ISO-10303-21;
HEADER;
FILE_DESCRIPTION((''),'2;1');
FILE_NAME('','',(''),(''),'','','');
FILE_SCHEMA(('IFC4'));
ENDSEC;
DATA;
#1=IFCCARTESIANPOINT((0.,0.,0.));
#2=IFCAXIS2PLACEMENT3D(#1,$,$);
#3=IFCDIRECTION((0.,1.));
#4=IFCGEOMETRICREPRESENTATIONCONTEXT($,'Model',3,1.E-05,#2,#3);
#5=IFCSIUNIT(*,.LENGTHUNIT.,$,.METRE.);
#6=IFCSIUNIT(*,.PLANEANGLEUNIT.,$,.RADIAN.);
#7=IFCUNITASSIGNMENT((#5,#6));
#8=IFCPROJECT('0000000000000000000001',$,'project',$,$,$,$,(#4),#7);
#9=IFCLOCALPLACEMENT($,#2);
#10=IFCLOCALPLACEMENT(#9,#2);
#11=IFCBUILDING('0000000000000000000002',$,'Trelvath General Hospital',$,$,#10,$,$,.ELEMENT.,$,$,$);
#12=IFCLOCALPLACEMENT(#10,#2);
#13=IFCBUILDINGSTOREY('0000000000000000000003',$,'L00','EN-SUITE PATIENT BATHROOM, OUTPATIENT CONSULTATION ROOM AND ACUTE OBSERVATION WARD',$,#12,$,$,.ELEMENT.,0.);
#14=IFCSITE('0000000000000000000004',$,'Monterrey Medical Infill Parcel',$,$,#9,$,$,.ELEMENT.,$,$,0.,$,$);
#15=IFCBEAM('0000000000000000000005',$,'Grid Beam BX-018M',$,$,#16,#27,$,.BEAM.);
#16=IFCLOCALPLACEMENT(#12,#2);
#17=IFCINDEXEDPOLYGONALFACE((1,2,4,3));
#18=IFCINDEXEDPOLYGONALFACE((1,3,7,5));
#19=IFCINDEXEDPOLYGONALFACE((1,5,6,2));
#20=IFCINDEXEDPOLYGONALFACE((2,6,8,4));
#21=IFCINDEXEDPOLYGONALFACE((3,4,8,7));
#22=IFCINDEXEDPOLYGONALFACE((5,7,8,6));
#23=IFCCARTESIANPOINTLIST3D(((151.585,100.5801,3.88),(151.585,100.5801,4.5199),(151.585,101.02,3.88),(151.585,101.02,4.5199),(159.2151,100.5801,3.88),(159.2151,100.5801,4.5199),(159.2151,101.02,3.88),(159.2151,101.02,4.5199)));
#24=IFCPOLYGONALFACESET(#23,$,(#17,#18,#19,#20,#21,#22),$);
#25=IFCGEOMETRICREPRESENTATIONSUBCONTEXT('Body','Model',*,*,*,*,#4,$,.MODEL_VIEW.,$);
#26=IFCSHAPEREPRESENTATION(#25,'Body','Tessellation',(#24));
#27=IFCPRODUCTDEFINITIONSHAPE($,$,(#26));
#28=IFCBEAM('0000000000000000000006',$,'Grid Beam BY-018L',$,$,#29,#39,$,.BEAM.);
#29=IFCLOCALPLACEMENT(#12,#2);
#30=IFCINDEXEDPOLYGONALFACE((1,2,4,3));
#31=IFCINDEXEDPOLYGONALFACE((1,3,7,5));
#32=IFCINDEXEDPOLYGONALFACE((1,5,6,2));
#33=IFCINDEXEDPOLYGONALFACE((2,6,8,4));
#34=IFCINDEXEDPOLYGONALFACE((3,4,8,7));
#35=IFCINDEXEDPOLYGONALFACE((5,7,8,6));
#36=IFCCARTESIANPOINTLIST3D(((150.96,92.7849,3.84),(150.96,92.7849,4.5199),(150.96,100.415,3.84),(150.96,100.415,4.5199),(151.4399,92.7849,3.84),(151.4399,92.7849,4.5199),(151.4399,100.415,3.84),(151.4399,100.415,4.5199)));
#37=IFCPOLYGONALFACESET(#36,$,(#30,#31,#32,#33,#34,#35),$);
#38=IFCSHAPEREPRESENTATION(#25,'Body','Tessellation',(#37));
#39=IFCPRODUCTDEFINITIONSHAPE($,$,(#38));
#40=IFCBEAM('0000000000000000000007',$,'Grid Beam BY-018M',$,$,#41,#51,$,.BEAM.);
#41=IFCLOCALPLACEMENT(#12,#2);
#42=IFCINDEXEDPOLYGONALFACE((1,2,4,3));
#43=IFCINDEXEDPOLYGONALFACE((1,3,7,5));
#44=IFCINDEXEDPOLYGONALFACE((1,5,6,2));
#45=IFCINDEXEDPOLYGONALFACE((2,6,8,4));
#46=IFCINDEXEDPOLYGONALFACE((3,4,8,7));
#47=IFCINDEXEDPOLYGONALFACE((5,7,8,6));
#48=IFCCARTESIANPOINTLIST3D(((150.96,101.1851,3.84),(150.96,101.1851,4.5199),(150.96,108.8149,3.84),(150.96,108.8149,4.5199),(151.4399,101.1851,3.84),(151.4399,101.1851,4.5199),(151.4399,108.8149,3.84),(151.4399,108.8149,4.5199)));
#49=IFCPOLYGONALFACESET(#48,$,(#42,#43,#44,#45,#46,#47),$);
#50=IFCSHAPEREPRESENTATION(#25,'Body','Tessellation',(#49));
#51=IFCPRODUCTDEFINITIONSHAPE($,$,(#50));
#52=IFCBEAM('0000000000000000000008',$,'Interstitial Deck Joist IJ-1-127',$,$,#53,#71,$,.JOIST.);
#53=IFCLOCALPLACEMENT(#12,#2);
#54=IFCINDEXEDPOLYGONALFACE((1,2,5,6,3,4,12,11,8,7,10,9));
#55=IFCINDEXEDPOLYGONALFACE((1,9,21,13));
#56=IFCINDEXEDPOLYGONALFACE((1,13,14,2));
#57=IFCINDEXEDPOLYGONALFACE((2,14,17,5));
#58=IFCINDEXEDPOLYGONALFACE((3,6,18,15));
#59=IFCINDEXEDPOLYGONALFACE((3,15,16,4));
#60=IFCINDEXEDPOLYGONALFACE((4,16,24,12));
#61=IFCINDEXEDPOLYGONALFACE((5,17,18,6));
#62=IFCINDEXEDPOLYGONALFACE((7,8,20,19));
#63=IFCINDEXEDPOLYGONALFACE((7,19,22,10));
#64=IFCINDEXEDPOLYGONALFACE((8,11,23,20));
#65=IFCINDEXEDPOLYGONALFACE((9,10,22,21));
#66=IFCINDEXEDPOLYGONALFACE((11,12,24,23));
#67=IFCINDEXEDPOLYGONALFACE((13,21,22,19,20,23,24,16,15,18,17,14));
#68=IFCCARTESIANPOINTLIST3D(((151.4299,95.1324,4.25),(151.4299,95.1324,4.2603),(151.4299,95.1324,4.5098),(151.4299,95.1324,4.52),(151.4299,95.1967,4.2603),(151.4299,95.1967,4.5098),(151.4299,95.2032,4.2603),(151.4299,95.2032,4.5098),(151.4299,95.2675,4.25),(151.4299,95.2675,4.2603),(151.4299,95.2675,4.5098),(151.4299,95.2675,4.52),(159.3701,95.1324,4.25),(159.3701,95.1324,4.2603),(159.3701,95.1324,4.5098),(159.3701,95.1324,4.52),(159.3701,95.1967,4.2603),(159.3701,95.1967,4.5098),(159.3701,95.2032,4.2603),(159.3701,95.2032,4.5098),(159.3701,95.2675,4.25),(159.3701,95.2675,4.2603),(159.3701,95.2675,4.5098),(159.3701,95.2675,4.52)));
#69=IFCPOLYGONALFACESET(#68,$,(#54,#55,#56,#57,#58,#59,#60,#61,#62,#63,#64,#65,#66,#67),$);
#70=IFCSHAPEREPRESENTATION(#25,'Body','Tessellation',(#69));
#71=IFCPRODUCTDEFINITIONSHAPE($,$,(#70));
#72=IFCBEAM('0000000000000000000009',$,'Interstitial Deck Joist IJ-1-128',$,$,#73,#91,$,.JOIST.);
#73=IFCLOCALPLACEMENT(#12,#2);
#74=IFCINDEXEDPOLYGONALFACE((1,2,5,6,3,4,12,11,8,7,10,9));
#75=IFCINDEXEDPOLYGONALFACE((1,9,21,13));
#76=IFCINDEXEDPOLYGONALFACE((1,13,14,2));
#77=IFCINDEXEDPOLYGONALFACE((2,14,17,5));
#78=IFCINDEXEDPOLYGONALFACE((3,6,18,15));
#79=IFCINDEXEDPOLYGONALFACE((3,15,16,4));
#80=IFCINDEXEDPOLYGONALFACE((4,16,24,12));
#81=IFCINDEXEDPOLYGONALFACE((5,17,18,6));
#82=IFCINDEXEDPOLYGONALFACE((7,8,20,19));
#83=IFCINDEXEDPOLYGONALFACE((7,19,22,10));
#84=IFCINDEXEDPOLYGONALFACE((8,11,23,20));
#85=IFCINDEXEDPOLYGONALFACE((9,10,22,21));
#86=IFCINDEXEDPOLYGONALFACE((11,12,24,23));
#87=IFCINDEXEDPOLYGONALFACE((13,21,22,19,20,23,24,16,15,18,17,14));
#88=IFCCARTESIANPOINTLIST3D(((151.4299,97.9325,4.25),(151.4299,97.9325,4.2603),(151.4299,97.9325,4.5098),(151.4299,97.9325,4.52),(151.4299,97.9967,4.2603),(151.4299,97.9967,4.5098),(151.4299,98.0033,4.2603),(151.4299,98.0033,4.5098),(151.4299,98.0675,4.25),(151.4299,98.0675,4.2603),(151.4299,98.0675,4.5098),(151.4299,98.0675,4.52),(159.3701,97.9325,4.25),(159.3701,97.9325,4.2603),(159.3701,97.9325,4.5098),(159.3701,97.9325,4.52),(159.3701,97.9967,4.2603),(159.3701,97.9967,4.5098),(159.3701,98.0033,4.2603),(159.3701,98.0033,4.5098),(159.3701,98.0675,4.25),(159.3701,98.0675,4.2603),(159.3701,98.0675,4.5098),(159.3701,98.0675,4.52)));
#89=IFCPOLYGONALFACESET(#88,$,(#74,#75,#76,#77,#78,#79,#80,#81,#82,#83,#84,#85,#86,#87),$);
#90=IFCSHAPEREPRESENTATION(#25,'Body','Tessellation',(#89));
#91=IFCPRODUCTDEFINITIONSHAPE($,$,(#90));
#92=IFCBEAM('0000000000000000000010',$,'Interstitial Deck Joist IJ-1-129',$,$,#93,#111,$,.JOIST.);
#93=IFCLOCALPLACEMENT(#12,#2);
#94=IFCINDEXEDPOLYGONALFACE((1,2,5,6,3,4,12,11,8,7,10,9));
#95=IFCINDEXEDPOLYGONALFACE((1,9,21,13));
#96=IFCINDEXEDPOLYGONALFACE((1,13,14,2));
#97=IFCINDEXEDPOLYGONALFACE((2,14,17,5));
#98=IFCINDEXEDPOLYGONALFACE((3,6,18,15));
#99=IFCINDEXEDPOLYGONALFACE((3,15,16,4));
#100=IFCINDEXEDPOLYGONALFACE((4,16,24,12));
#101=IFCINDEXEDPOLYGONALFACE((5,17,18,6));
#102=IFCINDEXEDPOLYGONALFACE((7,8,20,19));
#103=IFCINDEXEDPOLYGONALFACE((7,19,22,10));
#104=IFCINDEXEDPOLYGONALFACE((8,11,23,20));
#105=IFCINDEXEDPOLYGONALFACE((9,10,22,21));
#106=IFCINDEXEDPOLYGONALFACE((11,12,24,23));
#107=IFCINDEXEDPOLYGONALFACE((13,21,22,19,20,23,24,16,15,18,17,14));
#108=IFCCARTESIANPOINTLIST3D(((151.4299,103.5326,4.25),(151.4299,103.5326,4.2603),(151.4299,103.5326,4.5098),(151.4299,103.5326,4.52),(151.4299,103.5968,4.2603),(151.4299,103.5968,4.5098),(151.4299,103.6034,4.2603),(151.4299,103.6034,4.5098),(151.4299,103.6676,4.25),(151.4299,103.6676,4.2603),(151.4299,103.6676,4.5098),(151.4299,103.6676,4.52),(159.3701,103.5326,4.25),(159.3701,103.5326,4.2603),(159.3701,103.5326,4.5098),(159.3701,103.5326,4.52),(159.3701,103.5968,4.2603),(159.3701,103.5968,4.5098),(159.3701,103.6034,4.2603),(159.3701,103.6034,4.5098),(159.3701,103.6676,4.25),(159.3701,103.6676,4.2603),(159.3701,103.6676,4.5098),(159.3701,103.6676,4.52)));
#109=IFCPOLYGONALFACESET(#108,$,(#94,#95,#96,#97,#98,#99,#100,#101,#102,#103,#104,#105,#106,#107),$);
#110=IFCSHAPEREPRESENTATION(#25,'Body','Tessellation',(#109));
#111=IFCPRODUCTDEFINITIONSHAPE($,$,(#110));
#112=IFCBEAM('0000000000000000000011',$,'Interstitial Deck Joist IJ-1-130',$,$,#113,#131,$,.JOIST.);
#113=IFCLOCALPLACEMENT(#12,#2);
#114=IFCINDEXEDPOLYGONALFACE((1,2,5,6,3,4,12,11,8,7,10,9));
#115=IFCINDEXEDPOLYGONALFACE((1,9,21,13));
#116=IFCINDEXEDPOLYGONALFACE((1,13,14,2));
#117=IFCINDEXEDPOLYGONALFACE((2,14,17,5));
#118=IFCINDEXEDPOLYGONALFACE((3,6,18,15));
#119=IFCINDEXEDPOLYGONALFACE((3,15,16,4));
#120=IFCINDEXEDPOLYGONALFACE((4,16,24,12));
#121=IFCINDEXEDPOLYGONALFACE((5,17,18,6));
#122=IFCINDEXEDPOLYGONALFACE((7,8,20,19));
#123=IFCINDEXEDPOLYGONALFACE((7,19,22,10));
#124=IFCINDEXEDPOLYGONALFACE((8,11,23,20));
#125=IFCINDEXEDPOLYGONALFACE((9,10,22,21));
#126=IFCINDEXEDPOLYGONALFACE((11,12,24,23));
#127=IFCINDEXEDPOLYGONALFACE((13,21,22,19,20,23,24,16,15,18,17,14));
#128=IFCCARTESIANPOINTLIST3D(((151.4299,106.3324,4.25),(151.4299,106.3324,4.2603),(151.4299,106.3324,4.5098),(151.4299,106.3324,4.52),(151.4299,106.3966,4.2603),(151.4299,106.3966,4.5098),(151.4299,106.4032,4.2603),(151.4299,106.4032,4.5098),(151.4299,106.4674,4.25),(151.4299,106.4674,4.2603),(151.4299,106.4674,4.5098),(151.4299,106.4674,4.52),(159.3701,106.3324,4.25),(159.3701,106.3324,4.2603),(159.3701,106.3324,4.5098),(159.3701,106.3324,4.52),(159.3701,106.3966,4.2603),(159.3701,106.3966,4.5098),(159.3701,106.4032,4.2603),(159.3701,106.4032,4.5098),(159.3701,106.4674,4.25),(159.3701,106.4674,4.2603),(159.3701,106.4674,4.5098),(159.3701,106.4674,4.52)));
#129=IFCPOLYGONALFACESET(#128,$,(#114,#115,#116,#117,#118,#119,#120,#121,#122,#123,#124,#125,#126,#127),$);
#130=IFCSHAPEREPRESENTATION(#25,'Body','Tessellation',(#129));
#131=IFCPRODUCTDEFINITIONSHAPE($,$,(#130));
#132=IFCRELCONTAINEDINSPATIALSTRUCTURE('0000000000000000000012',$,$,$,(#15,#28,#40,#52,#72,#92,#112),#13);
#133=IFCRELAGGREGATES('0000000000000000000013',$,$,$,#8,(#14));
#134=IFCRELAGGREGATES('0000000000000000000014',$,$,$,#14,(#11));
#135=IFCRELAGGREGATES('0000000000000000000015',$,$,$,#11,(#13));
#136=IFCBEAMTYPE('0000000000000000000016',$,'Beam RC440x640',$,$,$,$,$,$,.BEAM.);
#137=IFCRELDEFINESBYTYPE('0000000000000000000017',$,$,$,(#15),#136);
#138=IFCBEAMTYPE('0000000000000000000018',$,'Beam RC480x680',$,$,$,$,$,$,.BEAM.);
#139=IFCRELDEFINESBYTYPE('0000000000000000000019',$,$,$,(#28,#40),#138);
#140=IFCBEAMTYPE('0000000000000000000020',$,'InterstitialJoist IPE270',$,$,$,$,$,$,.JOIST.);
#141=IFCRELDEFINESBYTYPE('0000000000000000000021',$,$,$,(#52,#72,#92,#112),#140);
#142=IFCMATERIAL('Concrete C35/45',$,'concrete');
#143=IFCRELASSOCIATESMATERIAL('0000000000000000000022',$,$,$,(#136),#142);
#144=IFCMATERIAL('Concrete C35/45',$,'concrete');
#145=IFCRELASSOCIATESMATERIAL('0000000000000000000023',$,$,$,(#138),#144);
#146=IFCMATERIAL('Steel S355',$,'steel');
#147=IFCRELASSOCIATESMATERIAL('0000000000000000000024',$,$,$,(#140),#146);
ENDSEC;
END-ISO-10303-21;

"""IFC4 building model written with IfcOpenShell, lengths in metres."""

from ifc_helpers import new_model, si_unit, direction, frame, origin, origin_2d, place, context, subcontext, project, spatial, rectangle, i_section, extrude, material, material_profile, profile_set, type_object, element, save


model = new_model("IFC4")

# Units and contexts
model_context = context("Model", 3, precision=1e-05, world=origin(), true_north=direction((0.0, 1.0)))
body_context = subcontext(model_context, "Body", "Model", "MODEL_VIEW")
ifc_project = project(units=[si_unit("LENGTHUNIT", "METRE"), si_unit("PLANEANGLEUNIT", "RADIAN")], contexts=[model_context])

# Site, building, storey
site_placement = place(None, origin())
site = spatial("IfcSite", under=ifc_project, at=site_placement, Name="Monterrey Medical Infill Parcel", CompositionType="ELEMENT", RefElevation=0.0)
building_placement = place(site_placement, origin())
building = spatial("IfcBuilding", under=site, at=building_placement, Name="Trelvath General Hospital", CompositionType="ELEMENT")
storey_placement = place(building_placement, origin())
storey = spatial("IfcBuildingStorey", under=building, at=storey_placement, Name="L00", Description="EN-SUITE PATIENT BATHROOM, OUTPATIENT CONSULTATION ROOM AND ACUTE OBSERVATION WARD", CompositionType="ELEMENT", Elevation=0.0)

# Beams
ifc_material_1 = material(Name="Concrete C35/45", Category="concrete")
ifc_material_profile_1 = material_profile(ifc_material_1, rectangle(XDim=0.4399, YDim=0.6399, at=origin_2d()), Name="RCB440x640")
ifc_profile_set_1 = profile_set([ifc_material_profile_1], Name="Concrete C35/45")
beam_type_1 = type_object("IfcBeamType", Name="Beam RC440x640", PredefinedType="BEAM", material=ifc_profile_set_1)
for number, where, z_axis, x_axis, name in (
    (1, (151.585, 100.8, 4.2), (1.0, 0.0, 0.0), (0.0, 1.0, 0.0), "Grid Beam BX-018M"),
):
    element("IfcBeam", number, at=place(storey_placement, frame(where, z_axis=z_axis, x_axis=x_axis)), inside=storey, type_object=beam_type_1, Name=name, PredefinedType="BEAM", context=body_context, shape_type="SweptSolid", body=[
        extrude(rectangle(XDim=0.4399, YDim=0.6399, at=origin_2d()), origin(), (0.0, 0.0, 1.0), 7.6301),
    ])
ifc_material_2 = material(Name="Concrete C35/45", Category="concrete")
ifc_material_profile_2 = material_profile(ifc_material_2, rectangle(XDim=0.48, YDim=0.6799, at=origin_2d()), Name="RCB480x680")
ifc_profile_set_2 = profile_set([ifc_material_profile_2], Name="Concrete C35/45")
beam_type_2 = type_object("IfcBeamType", Name="Beam RC480x680", PredefinedType="BEAM", material=ifc_profile_set_2)
beam_1_placement = place(storey_placement, frame((151.2, 92.7849, 4.1799), z_axis=(0.0, 1.0, 0.0), x_axis=(-1.0, 0.0, 0.0)))
element("IfcBeam", 2, at=beam_1_placement, inside=storey, type_object=beam_type_2, Name="Grid Beam BY-018L", PredefinedType="BEAM", context=body_context, shape_type="SweptSolid", body=[
    extrude(rectangle(XDim=0.48, YDim=0.6799, at=origin_2d()), origin(), (0.0, 0.0, 1.0), 7.6301),
])
beam_2_placement = place(storey_placement, frame((151.2, 101.1851, 4.1799), z_axis=(0.0, 1.0, 0.0), x_axis=(-1.0, 0.0, 0.0)))
element("IfcBeam", 3, at=beam_2_placement, inside=storey, type_object=beam_type_2, Name="Grid Beam BY-018M", PredefinedType="BEAM", context=body_context, shape_type="SweptSolid", body=[
    extrude(rectangle(XDim=0.48, YDim=0.6799, at=origin_2d()), origin(), (0.0, 0.0, 1.0), 7.6299),
])
ifc_material_3 = material(Name="Steel S355", Category="steel")
ifc_material_profile_3 = material_profile(ifc_material_3, i_section(OverallWidth=0.135, OverallDepth=0.27, WebThickness=0.0066, FlangeThickness=0.0103, at=origin_2d()), Name="IPE270")
ifc_profile_set_3 = profile_set([ifc_material_profile_3], Name="Steel S355")
beam_type_3 = type_object("IfcBeamType", Name="InterstitialJoist IPE270", PredefinedType="JOIST", material=ifc_profile_set_3)
for number, where, z_axis, x_axis, name in (
    (4, (151.4299, 95.2, 4.385), (1.0, 0.0, 0.0), (0.0, 1.0, 0.0), "Interstitial Deck Joist IJ-1-127"),
    (5, (151.4299, 98.0, 4.385), (1.0, 0.0, 0.0), (0.0, 1.0, 0.0), "Interstitial Deck Joist IJ-1-128"),
    (6, (151.4299, 103.6001, 4.385), (1.0, 0.0, 0.0), (0.0, 1.0, 0.0), "Interstitial Deck Joist IJ-1-129"),
    (7, (151.4299, 106.3999, 4.385), (1.0, 0.0, 0.0), (0.0, 1.0, 0.0), "Interstitial Deck Joist IJ-1-130"),
):
    element("IfcBeam", number, at=place(storey_placement, frame(where, z_axis=z_axis, x_axis=x_axis)), inside=storey, type_object=beam_type_3, Name=name, PredefinedType="JOIST", context=body_context, shape_type="SweptSolid", body=[
        extrude(i_section(OverallWidth=0.135, OverallDepth=0.27, WebThickness=0.0066, FlangeThickness=0.0103, at=origin_2d()), origin(), (0.0, 0.0, 1.0), 7.9402),
    ])

save(model, "model.ifc")
